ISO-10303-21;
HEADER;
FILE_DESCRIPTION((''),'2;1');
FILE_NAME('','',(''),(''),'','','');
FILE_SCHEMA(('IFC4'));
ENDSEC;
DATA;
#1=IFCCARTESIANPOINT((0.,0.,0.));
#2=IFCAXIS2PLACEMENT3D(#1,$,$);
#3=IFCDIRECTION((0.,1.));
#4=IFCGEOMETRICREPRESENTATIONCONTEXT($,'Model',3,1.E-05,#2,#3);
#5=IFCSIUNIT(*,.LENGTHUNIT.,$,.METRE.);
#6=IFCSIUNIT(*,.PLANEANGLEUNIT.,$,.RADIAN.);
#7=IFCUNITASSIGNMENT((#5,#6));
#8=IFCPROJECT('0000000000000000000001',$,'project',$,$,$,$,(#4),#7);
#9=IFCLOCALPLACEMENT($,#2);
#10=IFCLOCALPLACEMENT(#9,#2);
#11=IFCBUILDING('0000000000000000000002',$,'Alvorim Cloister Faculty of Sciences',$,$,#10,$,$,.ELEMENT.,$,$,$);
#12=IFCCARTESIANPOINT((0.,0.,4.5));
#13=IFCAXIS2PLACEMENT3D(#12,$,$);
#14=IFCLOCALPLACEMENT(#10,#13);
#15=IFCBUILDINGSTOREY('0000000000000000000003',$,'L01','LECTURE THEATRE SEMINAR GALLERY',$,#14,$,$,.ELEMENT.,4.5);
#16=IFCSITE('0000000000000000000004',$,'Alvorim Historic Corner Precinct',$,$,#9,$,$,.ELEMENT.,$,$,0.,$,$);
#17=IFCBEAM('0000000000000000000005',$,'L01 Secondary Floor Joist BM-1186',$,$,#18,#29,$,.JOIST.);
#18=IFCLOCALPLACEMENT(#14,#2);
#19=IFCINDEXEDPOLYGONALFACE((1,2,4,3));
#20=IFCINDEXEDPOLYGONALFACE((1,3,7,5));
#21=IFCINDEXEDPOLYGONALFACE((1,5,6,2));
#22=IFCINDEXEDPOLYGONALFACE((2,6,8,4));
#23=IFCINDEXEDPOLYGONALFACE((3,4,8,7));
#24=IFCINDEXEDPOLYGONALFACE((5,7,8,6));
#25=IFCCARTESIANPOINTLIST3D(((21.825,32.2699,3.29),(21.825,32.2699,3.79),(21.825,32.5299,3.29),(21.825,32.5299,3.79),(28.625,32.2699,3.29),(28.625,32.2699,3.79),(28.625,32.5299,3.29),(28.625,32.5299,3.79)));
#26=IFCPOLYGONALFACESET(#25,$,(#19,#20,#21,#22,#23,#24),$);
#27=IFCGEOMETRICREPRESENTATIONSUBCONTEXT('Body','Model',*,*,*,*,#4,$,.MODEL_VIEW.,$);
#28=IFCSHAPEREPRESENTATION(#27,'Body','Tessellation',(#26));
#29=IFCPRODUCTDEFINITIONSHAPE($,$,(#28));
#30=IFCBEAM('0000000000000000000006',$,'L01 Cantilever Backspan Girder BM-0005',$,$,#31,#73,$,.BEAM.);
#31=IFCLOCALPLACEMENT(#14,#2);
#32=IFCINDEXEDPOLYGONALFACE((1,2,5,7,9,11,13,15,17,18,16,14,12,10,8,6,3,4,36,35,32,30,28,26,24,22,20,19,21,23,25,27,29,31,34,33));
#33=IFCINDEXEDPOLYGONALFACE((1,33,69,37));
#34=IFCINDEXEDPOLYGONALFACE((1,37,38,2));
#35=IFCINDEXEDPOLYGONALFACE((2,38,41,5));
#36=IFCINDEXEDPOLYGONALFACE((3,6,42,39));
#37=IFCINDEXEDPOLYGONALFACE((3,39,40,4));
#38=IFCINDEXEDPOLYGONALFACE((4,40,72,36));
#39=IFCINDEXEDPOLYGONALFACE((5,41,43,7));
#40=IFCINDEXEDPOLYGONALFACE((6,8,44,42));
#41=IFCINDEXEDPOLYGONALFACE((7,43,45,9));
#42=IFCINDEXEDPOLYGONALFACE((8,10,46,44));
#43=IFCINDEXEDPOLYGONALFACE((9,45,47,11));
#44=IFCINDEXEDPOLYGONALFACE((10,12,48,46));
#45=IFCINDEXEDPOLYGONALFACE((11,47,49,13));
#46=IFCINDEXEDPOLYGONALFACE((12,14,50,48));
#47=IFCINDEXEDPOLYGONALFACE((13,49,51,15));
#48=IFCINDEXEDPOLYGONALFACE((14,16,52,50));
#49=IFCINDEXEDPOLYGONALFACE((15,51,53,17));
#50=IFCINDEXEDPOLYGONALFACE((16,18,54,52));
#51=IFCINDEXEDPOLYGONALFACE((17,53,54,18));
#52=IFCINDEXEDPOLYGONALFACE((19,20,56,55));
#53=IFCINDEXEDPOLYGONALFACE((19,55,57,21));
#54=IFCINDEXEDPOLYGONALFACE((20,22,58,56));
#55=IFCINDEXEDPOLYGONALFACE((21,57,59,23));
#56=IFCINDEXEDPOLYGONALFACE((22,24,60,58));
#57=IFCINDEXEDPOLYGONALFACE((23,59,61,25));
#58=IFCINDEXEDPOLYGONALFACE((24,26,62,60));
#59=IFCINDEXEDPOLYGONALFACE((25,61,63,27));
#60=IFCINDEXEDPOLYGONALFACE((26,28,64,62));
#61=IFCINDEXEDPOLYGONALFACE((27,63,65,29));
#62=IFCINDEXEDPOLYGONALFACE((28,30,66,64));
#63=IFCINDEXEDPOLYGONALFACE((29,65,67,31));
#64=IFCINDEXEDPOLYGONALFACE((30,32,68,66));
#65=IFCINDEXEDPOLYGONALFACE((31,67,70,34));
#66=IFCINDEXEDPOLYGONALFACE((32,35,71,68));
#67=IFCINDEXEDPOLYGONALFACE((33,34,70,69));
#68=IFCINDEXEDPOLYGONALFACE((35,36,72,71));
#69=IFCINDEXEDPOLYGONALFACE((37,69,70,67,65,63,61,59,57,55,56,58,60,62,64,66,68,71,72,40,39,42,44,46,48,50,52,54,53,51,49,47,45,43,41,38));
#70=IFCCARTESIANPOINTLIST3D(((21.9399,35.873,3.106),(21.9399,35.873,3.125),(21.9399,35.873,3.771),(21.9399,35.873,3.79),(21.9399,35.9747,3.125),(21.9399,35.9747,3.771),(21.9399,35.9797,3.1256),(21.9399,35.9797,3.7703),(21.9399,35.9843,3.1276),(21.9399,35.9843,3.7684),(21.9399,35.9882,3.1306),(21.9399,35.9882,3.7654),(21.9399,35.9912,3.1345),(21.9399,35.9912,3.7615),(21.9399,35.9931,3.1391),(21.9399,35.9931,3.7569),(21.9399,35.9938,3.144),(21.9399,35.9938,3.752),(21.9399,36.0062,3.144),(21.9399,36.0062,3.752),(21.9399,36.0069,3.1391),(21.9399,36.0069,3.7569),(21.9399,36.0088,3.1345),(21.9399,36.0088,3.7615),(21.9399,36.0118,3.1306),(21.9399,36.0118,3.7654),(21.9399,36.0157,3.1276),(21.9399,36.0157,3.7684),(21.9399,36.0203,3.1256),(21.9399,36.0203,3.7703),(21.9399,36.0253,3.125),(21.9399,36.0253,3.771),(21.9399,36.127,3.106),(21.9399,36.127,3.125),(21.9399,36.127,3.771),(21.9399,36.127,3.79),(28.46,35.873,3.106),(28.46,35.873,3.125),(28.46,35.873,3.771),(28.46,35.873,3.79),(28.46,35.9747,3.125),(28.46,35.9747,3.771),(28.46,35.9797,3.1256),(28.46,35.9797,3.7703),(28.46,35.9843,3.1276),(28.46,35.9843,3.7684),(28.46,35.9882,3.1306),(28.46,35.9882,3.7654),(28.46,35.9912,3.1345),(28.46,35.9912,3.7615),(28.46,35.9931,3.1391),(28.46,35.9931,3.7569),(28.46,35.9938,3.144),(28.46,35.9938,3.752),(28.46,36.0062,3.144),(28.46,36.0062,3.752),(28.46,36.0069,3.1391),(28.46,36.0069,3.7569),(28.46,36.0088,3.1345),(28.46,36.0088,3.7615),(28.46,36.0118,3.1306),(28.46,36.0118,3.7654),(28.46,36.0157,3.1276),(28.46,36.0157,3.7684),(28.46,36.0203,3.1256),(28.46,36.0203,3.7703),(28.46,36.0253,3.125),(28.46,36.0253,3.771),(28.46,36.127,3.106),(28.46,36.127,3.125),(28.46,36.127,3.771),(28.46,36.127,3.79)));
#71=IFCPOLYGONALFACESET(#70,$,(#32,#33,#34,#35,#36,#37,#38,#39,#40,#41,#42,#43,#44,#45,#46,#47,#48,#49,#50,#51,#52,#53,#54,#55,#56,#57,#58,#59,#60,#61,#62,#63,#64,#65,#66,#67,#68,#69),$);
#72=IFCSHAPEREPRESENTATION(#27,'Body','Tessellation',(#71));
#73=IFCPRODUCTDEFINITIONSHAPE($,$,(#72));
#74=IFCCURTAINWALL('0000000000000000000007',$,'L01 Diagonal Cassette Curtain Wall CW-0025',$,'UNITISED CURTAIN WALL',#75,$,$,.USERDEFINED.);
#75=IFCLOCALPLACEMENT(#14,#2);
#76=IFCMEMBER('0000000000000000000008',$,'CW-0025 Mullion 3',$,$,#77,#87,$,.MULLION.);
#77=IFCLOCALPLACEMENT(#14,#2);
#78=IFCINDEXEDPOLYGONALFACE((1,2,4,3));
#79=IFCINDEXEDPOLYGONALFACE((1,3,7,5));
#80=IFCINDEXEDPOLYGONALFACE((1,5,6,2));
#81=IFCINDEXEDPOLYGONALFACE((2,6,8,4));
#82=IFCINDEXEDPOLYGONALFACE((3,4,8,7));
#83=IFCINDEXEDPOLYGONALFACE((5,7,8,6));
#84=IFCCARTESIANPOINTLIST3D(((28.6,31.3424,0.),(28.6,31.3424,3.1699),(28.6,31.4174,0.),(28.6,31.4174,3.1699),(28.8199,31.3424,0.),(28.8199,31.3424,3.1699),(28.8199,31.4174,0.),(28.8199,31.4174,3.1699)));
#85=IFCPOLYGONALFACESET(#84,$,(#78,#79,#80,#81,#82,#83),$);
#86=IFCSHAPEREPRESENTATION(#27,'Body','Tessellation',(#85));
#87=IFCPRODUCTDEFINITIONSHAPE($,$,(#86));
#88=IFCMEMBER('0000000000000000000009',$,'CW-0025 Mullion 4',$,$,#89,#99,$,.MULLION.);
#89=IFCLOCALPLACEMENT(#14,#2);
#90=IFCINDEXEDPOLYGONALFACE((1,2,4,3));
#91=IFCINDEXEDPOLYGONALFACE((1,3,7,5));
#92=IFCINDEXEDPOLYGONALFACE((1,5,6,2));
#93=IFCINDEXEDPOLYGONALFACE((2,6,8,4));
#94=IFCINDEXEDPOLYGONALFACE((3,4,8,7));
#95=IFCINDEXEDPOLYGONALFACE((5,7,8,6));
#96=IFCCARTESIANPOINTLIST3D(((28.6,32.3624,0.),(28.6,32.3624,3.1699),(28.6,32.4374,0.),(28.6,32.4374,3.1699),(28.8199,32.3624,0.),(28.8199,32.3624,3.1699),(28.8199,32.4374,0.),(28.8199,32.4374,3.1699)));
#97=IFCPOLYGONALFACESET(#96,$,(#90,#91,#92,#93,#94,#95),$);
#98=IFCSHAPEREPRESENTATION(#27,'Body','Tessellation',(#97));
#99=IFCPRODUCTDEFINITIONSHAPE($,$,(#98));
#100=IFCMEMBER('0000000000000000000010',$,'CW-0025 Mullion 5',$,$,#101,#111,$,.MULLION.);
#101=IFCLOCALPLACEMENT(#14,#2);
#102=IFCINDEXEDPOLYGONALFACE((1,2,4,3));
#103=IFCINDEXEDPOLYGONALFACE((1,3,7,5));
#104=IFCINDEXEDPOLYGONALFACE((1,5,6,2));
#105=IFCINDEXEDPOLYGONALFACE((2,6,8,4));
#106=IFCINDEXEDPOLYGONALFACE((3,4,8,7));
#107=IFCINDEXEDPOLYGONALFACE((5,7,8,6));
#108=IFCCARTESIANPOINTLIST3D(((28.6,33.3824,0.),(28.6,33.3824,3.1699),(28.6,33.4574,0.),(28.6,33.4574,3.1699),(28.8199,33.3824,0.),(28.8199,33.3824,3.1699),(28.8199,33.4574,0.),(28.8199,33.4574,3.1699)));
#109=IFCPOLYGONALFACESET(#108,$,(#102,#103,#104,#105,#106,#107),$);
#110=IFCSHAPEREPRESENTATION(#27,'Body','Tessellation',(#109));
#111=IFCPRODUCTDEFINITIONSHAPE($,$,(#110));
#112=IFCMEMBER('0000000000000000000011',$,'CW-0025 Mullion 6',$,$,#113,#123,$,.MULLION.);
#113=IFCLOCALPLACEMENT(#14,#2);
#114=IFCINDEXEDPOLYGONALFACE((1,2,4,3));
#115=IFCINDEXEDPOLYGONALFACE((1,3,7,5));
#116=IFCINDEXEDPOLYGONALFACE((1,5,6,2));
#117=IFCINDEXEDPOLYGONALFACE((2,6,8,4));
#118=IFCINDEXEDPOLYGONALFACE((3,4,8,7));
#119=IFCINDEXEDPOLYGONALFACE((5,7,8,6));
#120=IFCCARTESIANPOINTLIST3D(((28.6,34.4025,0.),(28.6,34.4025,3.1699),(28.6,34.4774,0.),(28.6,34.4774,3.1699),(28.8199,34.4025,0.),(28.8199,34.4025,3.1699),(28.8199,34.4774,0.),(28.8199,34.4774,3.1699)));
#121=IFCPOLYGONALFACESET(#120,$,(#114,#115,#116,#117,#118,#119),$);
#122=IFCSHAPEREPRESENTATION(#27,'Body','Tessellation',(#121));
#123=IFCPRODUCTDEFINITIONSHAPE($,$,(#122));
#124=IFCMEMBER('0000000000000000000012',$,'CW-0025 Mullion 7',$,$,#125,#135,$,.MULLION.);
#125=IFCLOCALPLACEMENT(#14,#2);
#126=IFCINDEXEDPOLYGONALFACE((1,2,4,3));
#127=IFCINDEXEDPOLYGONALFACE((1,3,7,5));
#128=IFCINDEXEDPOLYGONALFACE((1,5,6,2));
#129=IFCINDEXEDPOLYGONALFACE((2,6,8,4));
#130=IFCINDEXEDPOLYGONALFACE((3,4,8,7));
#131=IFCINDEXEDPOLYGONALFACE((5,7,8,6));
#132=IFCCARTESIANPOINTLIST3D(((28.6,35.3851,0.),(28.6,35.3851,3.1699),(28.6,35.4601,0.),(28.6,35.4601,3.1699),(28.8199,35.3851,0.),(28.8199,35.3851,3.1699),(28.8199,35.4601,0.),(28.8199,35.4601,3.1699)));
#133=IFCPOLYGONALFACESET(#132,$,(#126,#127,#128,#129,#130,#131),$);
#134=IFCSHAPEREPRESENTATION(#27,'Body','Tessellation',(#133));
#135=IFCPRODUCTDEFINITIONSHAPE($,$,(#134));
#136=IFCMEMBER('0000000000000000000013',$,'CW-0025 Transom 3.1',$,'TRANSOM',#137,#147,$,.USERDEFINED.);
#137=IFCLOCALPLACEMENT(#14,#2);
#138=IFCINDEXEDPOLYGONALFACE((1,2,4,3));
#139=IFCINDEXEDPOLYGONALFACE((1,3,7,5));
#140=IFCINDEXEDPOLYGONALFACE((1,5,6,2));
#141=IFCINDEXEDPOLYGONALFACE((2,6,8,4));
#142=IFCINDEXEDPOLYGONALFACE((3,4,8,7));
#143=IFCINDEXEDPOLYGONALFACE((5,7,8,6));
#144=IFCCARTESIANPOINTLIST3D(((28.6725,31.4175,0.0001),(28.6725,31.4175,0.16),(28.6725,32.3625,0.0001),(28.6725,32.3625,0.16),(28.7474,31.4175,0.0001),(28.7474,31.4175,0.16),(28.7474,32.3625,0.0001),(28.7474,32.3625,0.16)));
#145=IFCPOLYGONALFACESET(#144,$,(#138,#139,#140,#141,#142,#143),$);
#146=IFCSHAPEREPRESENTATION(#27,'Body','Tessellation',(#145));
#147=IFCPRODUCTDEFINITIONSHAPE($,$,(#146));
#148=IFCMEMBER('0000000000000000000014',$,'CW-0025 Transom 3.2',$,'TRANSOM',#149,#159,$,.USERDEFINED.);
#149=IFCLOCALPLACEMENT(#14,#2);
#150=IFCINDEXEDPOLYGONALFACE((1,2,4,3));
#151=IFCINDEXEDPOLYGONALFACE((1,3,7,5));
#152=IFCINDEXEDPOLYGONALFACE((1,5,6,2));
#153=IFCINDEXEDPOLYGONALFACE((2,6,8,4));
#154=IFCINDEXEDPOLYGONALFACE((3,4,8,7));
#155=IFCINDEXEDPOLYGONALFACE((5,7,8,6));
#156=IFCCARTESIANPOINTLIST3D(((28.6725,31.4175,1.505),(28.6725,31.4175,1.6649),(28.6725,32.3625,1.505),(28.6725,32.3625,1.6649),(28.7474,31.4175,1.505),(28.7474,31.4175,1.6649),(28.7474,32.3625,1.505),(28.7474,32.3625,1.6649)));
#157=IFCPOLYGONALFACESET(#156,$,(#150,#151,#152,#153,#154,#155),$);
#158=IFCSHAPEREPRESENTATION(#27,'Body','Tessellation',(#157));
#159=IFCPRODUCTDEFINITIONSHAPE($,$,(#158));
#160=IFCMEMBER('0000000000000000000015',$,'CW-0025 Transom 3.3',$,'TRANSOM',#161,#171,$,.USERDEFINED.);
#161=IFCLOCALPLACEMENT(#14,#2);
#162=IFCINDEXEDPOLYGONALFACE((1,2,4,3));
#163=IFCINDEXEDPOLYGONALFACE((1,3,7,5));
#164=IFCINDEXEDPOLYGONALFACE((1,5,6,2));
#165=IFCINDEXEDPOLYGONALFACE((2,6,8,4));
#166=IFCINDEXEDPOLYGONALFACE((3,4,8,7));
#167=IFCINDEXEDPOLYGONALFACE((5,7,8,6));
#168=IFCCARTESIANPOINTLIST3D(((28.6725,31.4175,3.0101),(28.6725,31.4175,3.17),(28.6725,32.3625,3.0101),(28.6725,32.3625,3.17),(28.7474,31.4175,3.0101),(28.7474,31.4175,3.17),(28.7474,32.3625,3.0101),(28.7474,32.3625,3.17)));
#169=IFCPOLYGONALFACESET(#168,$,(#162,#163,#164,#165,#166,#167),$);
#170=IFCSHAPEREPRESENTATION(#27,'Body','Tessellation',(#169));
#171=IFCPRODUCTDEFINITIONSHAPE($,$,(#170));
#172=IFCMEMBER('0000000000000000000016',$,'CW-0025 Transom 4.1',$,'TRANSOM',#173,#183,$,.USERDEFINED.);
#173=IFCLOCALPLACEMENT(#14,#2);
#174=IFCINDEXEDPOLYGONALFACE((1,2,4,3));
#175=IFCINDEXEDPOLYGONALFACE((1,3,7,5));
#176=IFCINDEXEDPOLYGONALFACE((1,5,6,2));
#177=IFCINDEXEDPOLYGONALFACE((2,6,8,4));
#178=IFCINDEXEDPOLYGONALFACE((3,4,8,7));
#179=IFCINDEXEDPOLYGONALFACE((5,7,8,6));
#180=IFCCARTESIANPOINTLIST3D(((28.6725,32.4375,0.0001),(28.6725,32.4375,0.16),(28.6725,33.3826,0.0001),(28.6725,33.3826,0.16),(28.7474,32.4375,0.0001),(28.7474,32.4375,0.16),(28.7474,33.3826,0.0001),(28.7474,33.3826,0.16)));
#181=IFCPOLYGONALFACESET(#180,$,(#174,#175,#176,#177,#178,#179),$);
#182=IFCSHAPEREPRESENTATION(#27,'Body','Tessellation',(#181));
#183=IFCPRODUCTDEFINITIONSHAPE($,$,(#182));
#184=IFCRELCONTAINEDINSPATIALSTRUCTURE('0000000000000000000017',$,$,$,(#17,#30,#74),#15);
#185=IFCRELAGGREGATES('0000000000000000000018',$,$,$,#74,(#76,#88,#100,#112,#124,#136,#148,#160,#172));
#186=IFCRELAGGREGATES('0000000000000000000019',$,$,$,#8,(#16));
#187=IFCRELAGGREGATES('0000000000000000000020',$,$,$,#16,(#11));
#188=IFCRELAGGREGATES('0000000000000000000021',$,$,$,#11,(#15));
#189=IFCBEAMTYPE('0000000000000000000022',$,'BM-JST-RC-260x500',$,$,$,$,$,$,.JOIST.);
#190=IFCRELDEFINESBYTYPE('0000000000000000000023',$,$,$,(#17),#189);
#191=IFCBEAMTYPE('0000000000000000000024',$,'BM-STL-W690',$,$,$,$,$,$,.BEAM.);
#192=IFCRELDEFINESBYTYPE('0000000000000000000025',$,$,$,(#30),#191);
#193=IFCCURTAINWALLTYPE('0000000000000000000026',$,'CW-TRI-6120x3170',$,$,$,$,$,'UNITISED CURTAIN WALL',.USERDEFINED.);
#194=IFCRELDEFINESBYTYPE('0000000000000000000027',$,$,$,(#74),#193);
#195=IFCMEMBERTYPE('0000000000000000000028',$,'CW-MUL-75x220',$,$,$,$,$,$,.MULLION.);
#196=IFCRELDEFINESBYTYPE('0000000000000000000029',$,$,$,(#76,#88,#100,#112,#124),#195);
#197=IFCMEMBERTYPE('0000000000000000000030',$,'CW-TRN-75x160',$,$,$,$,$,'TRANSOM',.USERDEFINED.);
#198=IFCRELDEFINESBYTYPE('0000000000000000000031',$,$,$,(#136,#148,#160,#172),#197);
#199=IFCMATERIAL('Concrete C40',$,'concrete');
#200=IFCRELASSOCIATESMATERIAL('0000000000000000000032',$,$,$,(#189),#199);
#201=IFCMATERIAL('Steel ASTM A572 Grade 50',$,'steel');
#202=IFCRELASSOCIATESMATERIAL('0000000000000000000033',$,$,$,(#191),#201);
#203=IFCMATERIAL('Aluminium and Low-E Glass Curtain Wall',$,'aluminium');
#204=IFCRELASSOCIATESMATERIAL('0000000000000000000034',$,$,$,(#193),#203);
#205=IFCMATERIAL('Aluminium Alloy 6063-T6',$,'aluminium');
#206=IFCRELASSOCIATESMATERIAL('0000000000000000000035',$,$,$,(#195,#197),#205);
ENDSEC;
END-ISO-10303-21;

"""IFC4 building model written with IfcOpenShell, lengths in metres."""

from ifc_helpers import new_model, si_unit, direction, frame, origin, origin_2d, place, context, subcontext, project, spatial, rectangle, i_section, extrude, material, material_profile, profile_set, type_object, element, aggregate, save


model = new_model("IFC4")

# Units and contexts
model_context = context("Model", 3, precision=1e-05, world=origin(), true_north=direction((0.0, 1.0)))
body_context = subcontext(model_context, "Body", "Model", "MODEL_VIEW")
ifc_project = project(units=[si_unit("LENGTHUNIT", "METRE"), si_unit("PLANEANGLEUNIT", "RADIAN")], contexts=[model_context])

# Site, building, storey
site_placement = place(None, origin())
site = spatial("IfcSite", under=ifc_project, at=site_placement, Name="Alvorim Historic Corner Precinct", CompositionType="ELEMENT", RefElevation=0.0)
building_placement = place(site_placement, origin())
building = spatial("IfcBuilding", under=site, at=building_placement, Name="Alvorim Cloister Faculty of Sciences", CompositionType="ELEMENT")
storey_placement = place(building_placement, frame((0.0, 0.0, 4.5)))
storey = spatial("IfcBuildingStorey", under=building, at=storey_placement, Name="L01", Description="LECTURE THEATRE SEMINAR GALLERY", CompositionType="ELEMENT", Elevation=4.5)

# Beams
ifc_material_1 = material(Name="Concrete C40", Category="concrete")
ifc_material_profile_1 = material_profile(ifc_material_1, rectangle(XDim=0.26, YDim=0.5, at=origin_2d()), Name="RC40-JST-260x500")
ifc_profile_set_1 = profile_set([ifc_material_profile_1], Name="Concrete C40")
beam_type_1 = type_object("IfcBeamType", Name="BM-JST-RC-260x500", PredefinedType="JOIST", material=ifc_profile_set_1)
beam_1_placement = place(storey_placement, frame((21.825, 32.3999, 3.54), z_axis=(1.0, 0.0, 0.0), x_axis=(0.0, 1.0, 0.0)))
element("IfcBeam", 1, at=beam_1_placement, inside=storey, type_object=beam_type_1, Name="L01 Secondary Floor Joist BM-1186", PredefinedType="JOIST", context=body_context, shape_type="SweptSolid", body=[
    extrude(rectangle(XDim=0.26, YDim=0.5, at=origin_2d()), origin(), (0.0, 0.0, 1.0), 6.8),
])
ifc_material_2 = material(Name="Steel ASTM A572 Grade 50", Category="steel")
ifc_material_profile_2 = material_profile(ifc_material_2, i_section(OverallWidth=0.2539, OverallDepth=0.6841, WebThickness=0.0125, FlangeThickness=0.019, FilletRadius=0.019, at=origin_2d()), Name="W690x140.0")
ifc_profile_set_2 = profile_set([ifc_material_profile_2], Name="Steel ASTM A572 Grade 50")
beam_type_2 = type_object("IfcBeamType", Name="BM-STL-W690", PredefinedType="BEAM", material=ifc_profile_set_2)
beam_2_placement = place(storey_placement, frame((21.9399, 36.0, 3.448), z_axis=(1.0, 0.0, 0.0), x_axis=(0.0, 1.0, 0.0)))
element("IfcBeam", 2, at=beam_2_placement, inside=storey, type_object=beam_type_2, Name="L01 Cantilever Backspan Girder BM-0005", PredefinedType="BEAM", context=body_context, shape_type="SweptSolid", body=[
    extrude(i_section(OverallWidth=0.2539, OverallDepth=0.6841, WebThickness=0.0125, FlangeThickness=0.019, FilletRadius=0.019, at=origin_2d()), origin(), (0.0, 0.0, 1.0), 6.52),
])

# Curtain wall, members
ifc_material_3 = material(Name="Aluminium and Low-E Glass Curtain Wall", Category="aluminium")
curtain_wall_type = type_object("IfcCurtainWallType", Name="CW-TRI-6120x3170", ElementType="UNITISED CURTAIN WALL", PredefinedType="USERDEFINED", material=ifc_material_3)
curtain_wall_placement = place(storey_placement, origin())
curtain_wall = element("IfcCurtainWall", 3, at=curtain_wall_placement, inside=storey, type_object=curtain_wall_type, Name="L01 Diagonal Cassette Curtain Wall CW-0025", ObjectType="UNITISED CURTAIN WALL", PredefinedType="USERDEFINED")
ifc_material_4 = material(Name="Aluminium Alloy 6063-T6", Category="aluminium")
ifc_material_profile_3 = material_profile(ifc_material_4, rectangle(XDim=0.075, YDim=0.22, at=origin_2d()), Name="ALU-MUL-75x220")
ifc_profile_set_3 = profile_set([ifc_material_profile_3], Name="Aluminium Alloy 6063-T6")
member_type_1 = type_object("IfcMemberType", Name="CW-MUL-75x220", PredefinedType="MULLION", material=ifc_profile_set_3)
member_1_placement = place(storey_placement, frame((28.71, 31.3799, 0.0), z_axis=(0.0, 0.0, 1.0), x_axis=(0.0, 1.0, 0.0)))
member_1 = element("IfcMember", 4, at=member_1_placement, type_object=member_type_1, Name="CW-0025 Mullion 3", PredefinedType="MULLION", context=body_context, shape_type="SweptSolid", body=[
    extrude(rectangle(XDim=0.075, YDim=0.22, at=origin_2d()), origin(), (0.0, 0.0, 1.0), 3.1699),
])
member_2_placement = place(storey_placement, frame((28.71, 32.3999, 0.0), z_axis=(0.0, 0.0, 1.0), x_axis=(0.0, 1.0, 0.0)))
member_2 = element("IfcMember", 5, at=member_2_placement, type_object=member_type_1, Name="CW-0025 Mullion 4", PredefinedType="MULLION", context=body_context, shape_type="SweptSolid", body=[
    extrude(rectangle(XDim=0.075, YDim=0.22, at=origin_2d()), origin(), (0.0, 0.0, 1.0), 3.1699),
])
member_3_placement = place(storey_placement, frame((28.71, 33.4199, 0.0), z_axis=(0.0, 0.0, 1.0), x_axis=(0.0, 1.0, 0.0)))
member_3 = element("IfcMember", 6, at=member_3_placement, type_object=member_type_1, Name="CW-0025 Mullion 5", PredefinedType="MULLION", context=body_context, shape_type="SweptSolid", body=[
    extrude(rectangle(XDim=0.075, YDim=0.22, at=origin_2d()), origin(), (0.0, 0.0, 1.0), 3.1699),
])
member_4_placement = place(storey_placement, frame((28.71, 34.4399, 0.0), z_axis=(0.0, 0.0, 1.0), x_axis=(0.0, 1.0, 0.0)))
member_4 = element("IfcMember", 7, at=member_4_placement, type_object=member_type_1, Name="CW-0025 Mullion 6", PredefinedType="MULLION", context=body_context, shape_type="SweptSolid", body=[
    extrude(rectangle(XDim=0.075, YDim=0.22, at=origin_2d()), origin(), (0.0, 0.0, 1.0), 3.1699),
])
member_5_placement = place(storey_placement, frame((28.71, 35.4226, 0.0), z_axis=(0.0, 0.0, 1.0), x_axis=(0.0, 1.0, 0.0)))
member_5 = element("IfcMember", 8, at=member_5_placement, type_object=member_type_1, Name="CW-0025 Mullion 7", PredefinedType="MULLION", context=body_context, shape_type="SweptSolid", body=[
    extrude(rectangle(XDim=0.075, YDim=0.22, at=origin_2d()), origin(), (0.0, 0.0, 1.0), 3.1699),
])
ifc_material_profile_4 = material_profile(ifc_material_4, rectangle(XDim=0.075, YDim=0.1599, at=origin_2d()), Name="ALU-TRN-75x160")
ifc_profile_set_4 = profile_set([ifc_material_profile_4], Name="Aluminium Alloy 6063-T6")
member_type_2 = type_object("IfcMemberType", Name="CW-TRN-75x160", ElementType="TRANSOM", PredefinedType="USERDEFINED", material=ifc_profile_set_4)
member_6_placement = place(storey_placement, frame((28.71, 31.4175, 0.0801), z_axis=(0.0, 1.0, 0.0), x_axis=(-1.0, 0.0, 0.0)))
member_6 = element("IfcMember", 9, at=member_6_placement, type_object=member_type_2, Name="CW-0025 Transom 3.1", ObjectType="TRANSOM", PredefinedType="USERDEFINED", context=body_context, shape_type="SweptSolid", body=[
    extrude(rectangle(XDim=0.075, YDim=0.1599, at=origin_2d()), origin(), (0.0, 0.0, 1.0), 0.9451),
])
member_7_placement = place(storey_placement, frame((28.71, 31.4175, 1.585), z_axis=(0.0, 1.0, 0.0), x_axis=(-1.0, 0.0, 0.0)))
member_7 = element("IfcMember", 10, at=member_7_placement, type_object=member_type_2, Name="CW-0025 Transom 3.2", ObjectType="TRANSOM", PredefinedType="USERDEFINED", context=body_context, shape_type="SweptSolid", body=[
    extrude(rectangle(XDim=0.075, YDim=0.1599, at=origin_2d()), origin(), (0.0, 0.0, 1.0), 0.9451),
])
member_8_placement = place(storey_placement, frame((28.71, 31.4175, 3.0901), z_axis=(0.0, 1.0, 0.0), x_axis=(-1.0, 0.0, 0.0)))
member_8 = element("IfcMember", 11, at=member_8_placement, type_object=member_type_2, Name="CW-0025 Transom 3.3", ObjectType="TRANSOM", PredefinedType="USERDEFINED", context=body_context, shape_type="SweptSolid", body=[
    extrude(rectangle(XDim=0.075, YDim=0.1599, at=origin_2d()), origin(), (0.0, 0.0, 1.0), 0.9451),
])
member_9_placement = place(storey_placement, frame((28.71, 32.4375, 0.0801), z_axis=(0.0, 1.0, 0.0), x_axis=(-1.0, 0.0, 0.0)))
member_9 = element("IfcMember", 12, at=member_9_placement, type_object=member_type_2, Name="CW-0025 Transom 4.1", ObjectType="TRANSOM", PredefinedType="USERDEFINED", context=body_context, shape_type="SweptSolid", body=[
    extrude(rectangle(XDim=0.075, YDim=0.1599, at=origin_2d()), origin(), (0.0, 0.0, 1.0), 0.9451),
])
aggregate(curtain_wall, [member_1, member_2, member_3, member_4, member_5, member_6, member_7, member_8, member_9])

save(model, "model.ifc")
